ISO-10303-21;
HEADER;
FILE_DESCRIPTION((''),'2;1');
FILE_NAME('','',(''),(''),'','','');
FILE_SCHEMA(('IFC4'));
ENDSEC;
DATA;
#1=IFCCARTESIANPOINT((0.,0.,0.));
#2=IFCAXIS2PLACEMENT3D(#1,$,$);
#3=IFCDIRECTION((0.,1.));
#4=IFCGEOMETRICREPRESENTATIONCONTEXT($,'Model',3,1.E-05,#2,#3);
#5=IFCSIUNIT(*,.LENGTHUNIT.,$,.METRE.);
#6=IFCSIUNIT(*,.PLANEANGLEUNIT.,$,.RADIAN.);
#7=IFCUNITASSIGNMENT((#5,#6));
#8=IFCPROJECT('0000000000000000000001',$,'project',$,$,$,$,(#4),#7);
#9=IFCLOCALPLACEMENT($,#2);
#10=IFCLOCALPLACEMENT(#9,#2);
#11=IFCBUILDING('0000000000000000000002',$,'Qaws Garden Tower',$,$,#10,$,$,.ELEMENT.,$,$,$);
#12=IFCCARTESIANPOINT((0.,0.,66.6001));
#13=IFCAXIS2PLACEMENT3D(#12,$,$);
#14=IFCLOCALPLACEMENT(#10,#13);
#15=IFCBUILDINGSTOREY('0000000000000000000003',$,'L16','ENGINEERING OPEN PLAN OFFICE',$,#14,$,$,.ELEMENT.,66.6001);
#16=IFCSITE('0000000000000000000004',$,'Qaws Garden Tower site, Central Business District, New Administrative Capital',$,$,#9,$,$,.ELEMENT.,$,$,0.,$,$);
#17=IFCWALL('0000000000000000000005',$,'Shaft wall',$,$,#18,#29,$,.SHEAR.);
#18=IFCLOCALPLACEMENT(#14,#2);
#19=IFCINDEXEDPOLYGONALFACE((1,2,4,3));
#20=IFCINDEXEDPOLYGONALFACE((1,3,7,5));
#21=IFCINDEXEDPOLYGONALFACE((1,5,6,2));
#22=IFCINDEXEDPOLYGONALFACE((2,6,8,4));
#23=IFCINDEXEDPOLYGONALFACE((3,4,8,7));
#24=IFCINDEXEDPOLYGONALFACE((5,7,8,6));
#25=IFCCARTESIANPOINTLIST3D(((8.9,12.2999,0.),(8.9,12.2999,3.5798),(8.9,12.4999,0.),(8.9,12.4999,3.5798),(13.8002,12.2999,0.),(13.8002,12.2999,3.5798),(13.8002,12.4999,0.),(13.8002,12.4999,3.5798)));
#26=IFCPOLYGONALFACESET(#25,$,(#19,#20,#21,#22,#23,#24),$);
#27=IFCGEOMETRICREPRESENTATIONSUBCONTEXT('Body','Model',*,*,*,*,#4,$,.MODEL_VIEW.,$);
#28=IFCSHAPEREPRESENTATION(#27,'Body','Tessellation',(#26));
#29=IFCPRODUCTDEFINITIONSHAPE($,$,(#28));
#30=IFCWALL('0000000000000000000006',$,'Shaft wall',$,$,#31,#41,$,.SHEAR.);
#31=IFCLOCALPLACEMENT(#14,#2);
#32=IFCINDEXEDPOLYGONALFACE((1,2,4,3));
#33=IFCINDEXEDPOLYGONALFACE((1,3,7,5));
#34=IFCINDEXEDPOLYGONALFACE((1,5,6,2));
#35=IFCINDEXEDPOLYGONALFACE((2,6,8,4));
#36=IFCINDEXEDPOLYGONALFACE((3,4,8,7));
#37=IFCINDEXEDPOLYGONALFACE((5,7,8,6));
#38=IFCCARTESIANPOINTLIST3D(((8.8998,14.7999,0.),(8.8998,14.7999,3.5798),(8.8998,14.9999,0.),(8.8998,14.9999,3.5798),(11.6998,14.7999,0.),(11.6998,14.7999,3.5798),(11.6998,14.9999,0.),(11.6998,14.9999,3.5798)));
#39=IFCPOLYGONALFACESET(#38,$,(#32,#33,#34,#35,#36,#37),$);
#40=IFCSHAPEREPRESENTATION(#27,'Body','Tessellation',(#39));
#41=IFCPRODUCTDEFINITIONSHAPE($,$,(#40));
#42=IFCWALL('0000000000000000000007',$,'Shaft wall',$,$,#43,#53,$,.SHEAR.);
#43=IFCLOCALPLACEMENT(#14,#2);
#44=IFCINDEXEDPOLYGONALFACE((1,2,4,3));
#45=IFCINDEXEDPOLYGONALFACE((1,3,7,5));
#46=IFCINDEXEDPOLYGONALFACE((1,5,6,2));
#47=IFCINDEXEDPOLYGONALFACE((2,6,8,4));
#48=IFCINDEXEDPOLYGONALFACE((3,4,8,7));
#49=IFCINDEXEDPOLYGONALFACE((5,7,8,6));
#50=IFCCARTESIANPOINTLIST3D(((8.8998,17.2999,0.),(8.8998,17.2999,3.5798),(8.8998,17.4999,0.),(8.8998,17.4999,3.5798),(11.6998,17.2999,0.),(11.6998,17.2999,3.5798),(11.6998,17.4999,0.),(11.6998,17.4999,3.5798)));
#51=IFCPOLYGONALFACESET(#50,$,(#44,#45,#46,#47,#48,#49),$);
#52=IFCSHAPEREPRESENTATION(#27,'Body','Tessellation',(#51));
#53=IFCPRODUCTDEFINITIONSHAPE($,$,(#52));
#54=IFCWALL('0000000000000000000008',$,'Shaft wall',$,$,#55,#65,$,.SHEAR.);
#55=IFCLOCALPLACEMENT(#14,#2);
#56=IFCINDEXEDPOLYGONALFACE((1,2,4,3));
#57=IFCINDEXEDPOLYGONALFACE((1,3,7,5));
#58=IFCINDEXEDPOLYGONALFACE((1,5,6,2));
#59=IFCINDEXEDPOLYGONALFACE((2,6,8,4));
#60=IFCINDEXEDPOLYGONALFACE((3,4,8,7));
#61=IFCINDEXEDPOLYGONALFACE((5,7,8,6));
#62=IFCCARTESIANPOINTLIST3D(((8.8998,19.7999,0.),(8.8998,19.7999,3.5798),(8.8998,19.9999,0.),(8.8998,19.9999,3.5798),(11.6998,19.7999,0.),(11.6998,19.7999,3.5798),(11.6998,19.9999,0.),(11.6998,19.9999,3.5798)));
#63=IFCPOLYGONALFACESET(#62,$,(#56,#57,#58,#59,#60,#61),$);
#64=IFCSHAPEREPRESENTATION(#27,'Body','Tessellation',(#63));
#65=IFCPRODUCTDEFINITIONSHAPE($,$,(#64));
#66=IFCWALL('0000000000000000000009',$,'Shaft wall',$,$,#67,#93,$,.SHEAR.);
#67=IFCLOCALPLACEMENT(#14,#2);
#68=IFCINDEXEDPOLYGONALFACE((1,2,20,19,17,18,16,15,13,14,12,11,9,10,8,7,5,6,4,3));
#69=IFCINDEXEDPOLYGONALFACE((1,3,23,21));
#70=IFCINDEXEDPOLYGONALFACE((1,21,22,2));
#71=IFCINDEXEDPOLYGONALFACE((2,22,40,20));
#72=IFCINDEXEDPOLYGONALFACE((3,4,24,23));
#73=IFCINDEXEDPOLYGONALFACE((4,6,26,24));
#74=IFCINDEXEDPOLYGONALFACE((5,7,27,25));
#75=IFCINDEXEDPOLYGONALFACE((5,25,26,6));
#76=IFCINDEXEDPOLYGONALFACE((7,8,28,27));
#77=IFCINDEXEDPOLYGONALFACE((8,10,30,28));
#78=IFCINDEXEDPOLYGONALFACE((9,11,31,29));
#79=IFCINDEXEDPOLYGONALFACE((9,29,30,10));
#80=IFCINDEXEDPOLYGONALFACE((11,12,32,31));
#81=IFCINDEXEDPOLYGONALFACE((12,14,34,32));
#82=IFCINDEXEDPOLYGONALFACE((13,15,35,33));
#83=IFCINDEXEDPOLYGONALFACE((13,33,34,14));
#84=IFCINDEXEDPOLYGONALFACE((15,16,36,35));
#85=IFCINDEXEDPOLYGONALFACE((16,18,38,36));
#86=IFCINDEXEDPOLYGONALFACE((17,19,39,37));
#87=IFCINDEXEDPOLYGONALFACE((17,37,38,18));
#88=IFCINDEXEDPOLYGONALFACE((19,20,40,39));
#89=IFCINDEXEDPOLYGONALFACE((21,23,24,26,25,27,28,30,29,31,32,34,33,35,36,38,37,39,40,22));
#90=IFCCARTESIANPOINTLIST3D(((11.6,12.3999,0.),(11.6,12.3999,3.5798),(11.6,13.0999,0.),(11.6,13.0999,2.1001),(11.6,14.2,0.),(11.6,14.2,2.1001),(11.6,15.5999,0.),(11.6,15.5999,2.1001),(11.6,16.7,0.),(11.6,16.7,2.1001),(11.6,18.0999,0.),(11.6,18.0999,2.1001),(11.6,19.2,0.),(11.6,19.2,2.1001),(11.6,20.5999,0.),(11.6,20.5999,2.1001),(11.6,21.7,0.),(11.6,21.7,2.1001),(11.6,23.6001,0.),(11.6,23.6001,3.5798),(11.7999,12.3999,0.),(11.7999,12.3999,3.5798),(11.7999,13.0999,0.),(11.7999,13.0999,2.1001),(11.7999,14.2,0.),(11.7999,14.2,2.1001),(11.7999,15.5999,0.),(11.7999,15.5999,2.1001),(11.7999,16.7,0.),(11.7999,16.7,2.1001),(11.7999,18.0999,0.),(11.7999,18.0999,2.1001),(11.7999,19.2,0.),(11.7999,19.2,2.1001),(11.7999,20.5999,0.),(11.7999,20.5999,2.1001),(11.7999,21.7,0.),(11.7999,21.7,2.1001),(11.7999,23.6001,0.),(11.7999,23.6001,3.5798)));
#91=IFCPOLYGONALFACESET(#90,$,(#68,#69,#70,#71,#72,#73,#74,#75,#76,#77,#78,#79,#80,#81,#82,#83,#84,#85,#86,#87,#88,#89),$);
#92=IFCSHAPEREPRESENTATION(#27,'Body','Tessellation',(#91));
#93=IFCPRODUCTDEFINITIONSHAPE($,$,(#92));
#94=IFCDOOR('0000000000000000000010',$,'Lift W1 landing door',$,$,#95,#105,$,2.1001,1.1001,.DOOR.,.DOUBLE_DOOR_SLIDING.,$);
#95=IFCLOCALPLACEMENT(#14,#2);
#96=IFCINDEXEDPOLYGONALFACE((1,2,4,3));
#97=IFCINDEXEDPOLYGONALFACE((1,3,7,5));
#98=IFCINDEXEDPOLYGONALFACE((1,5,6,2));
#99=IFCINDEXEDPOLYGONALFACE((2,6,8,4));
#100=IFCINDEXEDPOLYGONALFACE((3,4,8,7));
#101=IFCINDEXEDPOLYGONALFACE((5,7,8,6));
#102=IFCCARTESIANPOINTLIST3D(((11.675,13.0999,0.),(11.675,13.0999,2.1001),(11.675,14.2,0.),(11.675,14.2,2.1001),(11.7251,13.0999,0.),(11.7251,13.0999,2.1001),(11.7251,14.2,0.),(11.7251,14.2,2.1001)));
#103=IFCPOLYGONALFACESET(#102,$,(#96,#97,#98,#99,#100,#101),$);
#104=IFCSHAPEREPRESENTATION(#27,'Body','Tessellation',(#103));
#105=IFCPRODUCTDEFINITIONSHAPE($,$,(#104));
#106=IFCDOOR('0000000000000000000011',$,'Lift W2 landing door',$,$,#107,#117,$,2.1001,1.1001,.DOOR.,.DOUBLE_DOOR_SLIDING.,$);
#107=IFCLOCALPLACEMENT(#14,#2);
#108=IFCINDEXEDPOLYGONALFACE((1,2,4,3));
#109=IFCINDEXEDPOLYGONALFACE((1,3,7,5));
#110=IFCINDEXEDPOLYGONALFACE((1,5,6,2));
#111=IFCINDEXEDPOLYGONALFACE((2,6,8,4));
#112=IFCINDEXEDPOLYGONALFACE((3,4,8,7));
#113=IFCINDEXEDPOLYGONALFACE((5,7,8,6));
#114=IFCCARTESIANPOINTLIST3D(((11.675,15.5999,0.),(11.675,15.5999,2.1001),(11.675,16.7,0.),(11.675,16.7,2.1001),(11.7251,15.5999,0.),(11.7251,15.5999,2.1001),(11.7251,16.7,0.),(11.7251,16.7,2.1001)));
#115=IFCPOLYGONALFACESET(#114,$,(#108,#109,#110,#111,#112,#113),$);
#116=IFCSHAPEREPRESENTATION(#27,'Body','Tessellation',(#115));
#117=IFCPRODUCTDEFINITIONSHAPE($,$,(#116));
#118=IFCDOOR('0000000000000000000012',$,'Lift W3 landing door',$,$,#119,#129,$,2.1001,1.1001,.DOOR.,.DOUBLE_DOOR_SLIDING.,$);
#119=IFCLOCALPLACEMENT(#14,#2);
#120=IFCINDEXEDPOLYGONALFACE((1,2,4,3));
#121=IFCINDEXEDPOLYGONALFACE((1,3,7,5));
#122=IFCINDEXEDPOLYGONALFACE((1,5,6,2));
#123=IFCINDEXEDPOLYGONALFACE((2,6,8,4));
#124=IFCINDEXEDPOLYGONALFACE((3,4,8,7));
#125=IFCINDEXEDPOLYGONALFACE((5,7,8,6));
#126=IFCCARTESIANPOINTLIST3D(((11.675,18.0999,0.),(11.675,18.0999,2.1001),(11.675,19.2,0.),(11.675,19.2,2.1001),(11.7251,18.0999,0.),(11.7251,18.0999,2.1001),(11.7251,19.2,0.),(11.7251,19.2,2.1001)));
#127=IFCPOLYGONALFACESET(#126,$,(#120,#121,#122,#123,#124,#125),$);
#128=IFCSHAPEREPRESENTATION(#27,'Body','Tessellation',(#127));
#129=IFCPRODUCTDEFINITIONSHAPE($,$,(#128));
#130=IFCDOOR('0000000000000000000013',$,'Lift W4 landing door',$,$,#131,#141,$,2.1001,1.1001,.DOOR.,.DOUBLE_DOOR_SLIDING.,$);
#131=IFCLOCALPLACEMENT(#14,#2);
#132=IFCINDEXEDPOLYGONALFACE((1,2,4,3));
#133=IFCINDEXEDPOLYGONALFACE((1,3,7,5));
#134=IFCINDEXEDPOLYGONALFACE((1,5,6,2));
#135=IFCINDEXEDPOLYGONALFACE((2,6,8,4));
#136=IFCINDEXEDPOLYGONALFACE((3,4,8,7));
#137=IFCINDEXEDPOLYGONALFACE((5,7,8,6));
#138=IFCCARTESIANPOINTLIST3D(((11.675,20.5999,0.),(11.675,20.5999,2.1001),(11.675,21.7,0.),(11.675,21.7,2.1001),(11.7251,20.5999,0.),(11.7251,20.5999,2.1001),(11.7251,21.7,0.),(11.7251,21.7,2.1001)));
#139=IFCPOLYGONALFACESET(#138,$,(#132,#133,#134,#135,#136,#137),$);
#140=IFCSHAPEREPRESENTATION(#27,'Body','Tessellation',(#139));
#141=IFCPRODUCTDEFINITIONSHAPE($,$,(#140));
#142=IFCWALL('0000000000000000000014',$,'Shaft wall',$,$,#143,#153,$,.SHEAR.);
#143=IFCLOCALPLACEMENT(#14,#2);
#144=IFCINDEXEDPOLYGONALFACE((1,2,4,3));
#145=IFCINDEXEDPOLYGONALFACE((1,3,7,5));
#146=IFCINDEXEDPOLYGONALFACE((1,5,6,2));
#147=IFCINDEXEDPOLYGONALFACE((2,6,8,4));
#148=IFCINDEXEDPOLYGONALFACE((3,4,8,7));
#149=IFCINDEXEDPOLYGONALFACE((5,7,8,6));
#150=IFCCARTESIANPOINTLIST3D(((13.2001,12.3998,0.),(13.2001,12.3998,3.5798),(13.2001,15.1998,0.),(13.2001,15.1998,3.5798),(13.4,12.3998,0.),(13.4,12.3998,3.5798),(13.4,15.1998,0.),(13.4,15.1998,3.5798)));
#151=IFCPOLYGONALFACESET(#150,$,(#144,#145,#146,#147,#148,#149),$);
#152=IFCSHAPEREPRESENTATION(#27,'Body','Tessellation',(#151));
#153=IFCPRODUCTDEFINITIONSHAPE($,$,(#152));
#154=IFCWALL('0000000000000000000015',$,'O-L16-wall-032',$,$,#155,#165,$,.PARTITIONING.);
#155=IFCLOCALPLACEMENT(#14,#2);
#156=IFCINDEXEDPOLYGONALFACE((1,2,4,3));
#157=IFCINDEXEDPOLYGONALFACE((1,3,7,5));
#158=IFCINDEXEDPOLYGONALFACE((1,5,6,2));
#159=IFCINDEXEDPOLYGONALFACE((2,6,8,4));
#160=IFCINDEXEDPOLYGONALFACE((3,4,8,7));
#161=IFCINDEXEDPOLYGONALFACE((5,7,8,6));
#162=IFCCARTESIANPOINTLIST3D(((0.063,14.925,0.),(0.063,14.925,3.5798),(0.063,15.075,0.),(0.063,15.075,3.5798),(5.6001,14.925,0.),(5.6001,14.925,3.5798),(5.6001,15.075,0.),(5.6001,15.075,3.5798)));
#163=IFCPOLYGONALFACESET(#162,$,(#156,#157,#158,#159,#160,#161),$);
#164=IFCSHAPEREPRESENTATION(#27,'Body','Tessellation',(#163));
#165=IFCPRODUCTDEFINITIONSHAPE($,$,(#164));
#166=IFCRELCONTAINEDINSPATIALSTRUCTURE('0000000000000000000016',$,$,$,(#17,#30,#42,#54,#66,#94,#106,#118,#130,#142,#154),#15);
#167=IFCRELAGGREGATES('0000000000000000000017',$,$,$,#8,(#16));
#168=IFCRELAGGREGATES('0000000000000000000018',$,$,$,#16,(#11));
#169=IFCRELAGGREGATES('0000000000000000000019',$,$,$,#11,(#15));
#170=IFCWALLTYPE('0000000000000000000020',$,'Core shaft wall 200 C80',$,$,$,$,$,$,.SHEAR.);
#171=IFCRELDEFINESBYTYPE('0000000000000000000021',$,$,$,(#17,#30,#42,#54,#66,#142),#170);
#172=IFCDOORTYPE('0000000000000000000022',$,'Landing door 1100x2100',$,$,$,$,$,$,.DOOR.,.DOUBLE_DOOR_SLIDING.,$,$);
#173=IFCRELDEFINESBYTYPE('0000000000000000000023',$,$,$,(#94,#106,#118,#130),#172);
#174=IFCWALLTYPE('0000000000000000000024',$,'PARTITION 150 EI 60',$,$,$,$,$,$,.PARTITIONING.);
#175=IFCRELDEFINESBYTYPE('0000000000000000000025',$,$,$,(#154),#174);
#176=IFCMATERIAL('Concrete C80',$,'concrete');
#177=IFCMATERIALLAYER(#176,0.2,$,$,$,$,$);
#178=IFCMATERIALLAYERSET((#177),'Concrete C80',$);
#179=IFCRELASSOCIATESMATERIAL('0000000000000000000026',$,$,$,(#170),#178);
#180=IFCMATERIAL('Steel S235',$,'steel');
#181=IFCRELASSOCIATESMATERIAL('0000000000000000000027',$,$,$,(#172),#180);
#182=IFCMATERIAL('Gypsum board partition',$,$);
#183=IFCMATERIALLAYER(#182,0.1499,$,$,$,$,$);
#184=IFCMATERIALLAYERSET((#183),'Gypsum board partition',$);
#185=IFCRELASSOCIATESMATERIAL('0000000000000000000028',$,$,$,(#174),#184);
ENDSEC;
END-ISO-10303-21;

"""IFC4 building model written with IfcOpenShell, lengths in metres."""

from ifc_helpers import new_model, si_unit, direction, frame, frame_2d, origin, place, context, subcontext, project, spatial, rectangle, extrude, material, layer, layer_set, type_object, element, fill, save


model = new_model("IFC4")

# Units and contexts
model_context = context("Model", 3, precision=1e-05, world=origin(), true_north=direction((0.0, 1.0)))
body_context = subcontext(model_context, "Body", "Model", "MODEL_VIEW")
ifc_project = project(units=[si_unit("LENGTHUNIT", "METRE"), si_unit("PLANEANGLEUNIT", "RADIAN")], contexts=[model_context])

# Site, building, storey
site_placement = place(None, origin())
site = spatial("IfcSite", under=ifc_project, at=site_placement, Name="Qaws Garden Tower site, Central Business District, New Administrative Capital", CompositionType="ELEMENT", RefElevation=0.0)
building_placement = place(site_placement, origin())
building = spatial("IfcBuilding", under=site, at=building_placement, Name="Qaws Garden Tower", CompositionType="ELEMENT")
storey_placement = place(building_placement, frame((0.0, 0.0, 66.6001)))
storey = spatial("IfcBuildingStorey", under=building, at=storey_placement, Name="L16", Description="ENGINEERING OPEN PLAN OFFICE", CompositionType="ELEMENT", Elevation=66.6001)

# Walls
ifc_material_1 = material(Name="Concrete C80", Category="concrete")
ifc_layer_1 = layer(ifc_material_1, 0.2)
ifc_layer_set_1 = layer_set([ifc_layer_1], Name="Concrete C80")
wall_type_1 = type_object("IfcWallType", Name="Core shaft wall 200 C80", PredefinedType="SHEAR", material=ifc_layer_set_1)
wall_1_placement = place(storey_placement, frame((8.8999, 12.3999, 0.0), z_axis=(0.0, 0.0, 1.0), x_axis=(1.0, 0.0, 0.0)))
element("IfcWall", 1, at=wall_1_placement, inside=storey, type_object=wall_type_1, Name="Shaft wall", PredefinedType="SHEAR", context=body_context, shape_type="SweptSolid", body=[
    extrude(rectangle(XDim=4.9001, YDim=0.2, at=frame_2d((2.4502, 0.0))), origin(), (0.0, 0.0, 1.0), 3.5798),
])
for number, where, z_axis, x_axis, name in (
    (2, (8.8999, 14.8999, 0.0), (0.0, 0.0, 1.0), (1.0, 0.0, 0.0), "Shaft wall"),
    (3, (8.8999, 17.3999, 0.0), (0.0, 0.0, 1.0), (1.0, 0.0, 0.0), "Shaft wall"),
    (4, (8.8999, 19.8999, 0.0), (0.0, 0.0, 1.0), (1.0, 0.0, 0.0), "Shaft wall"),
):
    element("IfcWall", number, at=place(storey_placement, frame(where, z_axis=z_axis, x_axis=x_axis)), inside=storey, type_object=wall_type_1, Name=name, PredefinedType="SHEAR", context=body_context, shape_type="SweptSolid", body=[
        extrude(rectangle(XDim=2.8, YDim=0.2, at=frame_2d((1.3999, 0.0))), origin(), (0.0, 0.0, 1.0), 3.5798),
    ])

# Wall, openings, doors
wall_2_placement = place(storey_placement, frame((11.7, 12.3999, 0.0), z_axis=(0.0, 0.0, 1.0), x_axis=(0.0, 1.0, 0.0)))
wall_2 = element("IfcWall", 5, at=wall_2_placement, inside=storey, type_object=wall_type_1, Name="Shaft wall", PredefinedType="SHEAR", context=body_context, shape_type="SweptSolid", body=[
    extrude(rectangle(XDim=11.2002, YDim=0.2, at=frame_2d((5.6001, 0.0))), origin(), (0.0, 0.0, 1.0), 3.5798),
])
opening_1_placement = place(wall_2_placement, frame((0.7, 0.0, 0.0)))
opening_1 = element("IfcOpeningElement", 6, at=opening_1_placement, cuts=wall_2, PredefinedType="OPENING", context=body_context, shape_type="SweptSolid", body=[
    extrude(rectangle(XDim=1.1001, YDim=2.1001, at=frame_2d((0.55, 1.05))), frame((0.0, 0.1099, 0.0), z_axis=(0.0, -1.0, 0.0), x_axis=(1.0, 0.0, 0.0)), (0.0, 0.0, 1.0), 0.22),
])
opening_2_placement = place(wall_2_placement, frame((3.2, 0.0, 0.0)))
opening_2 = element("IfcOpeningElement", 7, at=opening_2_placement, cuts=wall_2, PredefinedType="OPENING", context=body_context, shape_type="SweptSolid", body=[
    extrude(rectangle(XDim=1.1001, YDim=2.1001, at=frame_2d((0.55, 1.05))), frame((0.0, 0.1099, 0.0), z_axis=(0.0, -1.0, 0.0), x_axis=(1.0, 0.0, 0.0)), (0.0, 0.0, 1.0), 0.22),
])
opening_3_placement = place(wall_2_placement, frame((5.7, 0.0, 0.0)))
opening_3 = element("IfcOpeningElement", 8, at=opening_3_placement, cuts=wall_2, PredefinedType="OPENING", context=body_context, shape_type="SweptSolid", body=[
    extrude(rectangle(XDim=1.1001, YDim=2.1001, at=frame_2d((0.55, 1.05))), frame((0.0, 0.1099, 0.0), z_axis=(0.0, -1.0, 0.0), x_axis=(1.0, 0.0, 0.0)), (0.0, 0.0, 1.0), 0.22),
])
opening_4_placement = place(wall_2_placement, frame((8.2, 0.0, 0.0)))
opening_4 = element("IfcOpeningElement", 9, at=opening_4_placement, cuts=wall_2, PredefinedType="OPENING", context=body_context, shape_type="SweptSolid", body=[
    extrude(rectangle(XDim=1.1001, YDim=2.1001, at=frame_2d((0.55, 1.05))), frame((0.0, 0.1099, 0.0), z_axis=(0.0, -1.0, 0.0), x_axis=(1.0, 0.0, 0.0)), (0.0, 0.0, 1.0), 0.22),
])
ifc_material_2 = material(Name="Steel S235", Category="steel")
door_type = type_object("IfcDoorType", Name="Landing door 1100x2100", OperationType="DOUBLE_DOOR_SLIDING", PredefinedType="DOOR", material=ifc_material_2)
door_1_placement = place(opening_1_placement, origin())
door_1 = element("IfcDoor", 10, at=door_1_placement, inside=storey, type_object=door_type, Name="Lift W1 landing door", OperationType="DOUBLE_DOOR_SLIDING", OverallHeight=2.1001, OverallWidth=1.1001, PredefinedType="DOOR", context=body_context, shape_type="SweptSolid", body=[
    extrude(rectangle(XDim=1.1001, YDim=2.1001, at=frame_2d((0.55, 1.05))), frame((0.0, 0.0249, 0.0), z_axis=(0.0, -1.0, 0.0), x_axis=(1.0, 0.0, 0.0)), (0.0, 0.0, 1.0), 0.05),
])
fill(opening_1, door_1)
door_2_placement = place(opening_2_placement, origin())
door_2 = element("IfcDoor", 11, at=door_2_placement, inside=storey, type_object=door_type, Name="Lift W2 landing door", OperationType="DOUBLE_DOOR_SLIDING", OverallHeight=2.1001, OverallWidth=1.1001, PredefinedType="DOOR", context=body_context, shape_type="SweptSolid", body=[
    extrude(rectangle(XDim=1.1001, YDim=2.1001, at=frame_2d((0.55, 1.05))), frame((0.0, 0.0249, 0.0), z_axis=(0.0, -1.0, 0.0), x_axis=(1.0, 0.0, 0.0)), (0.0, 0.0, 1.0), 0.05),
])
fill(opening_2, door_2)
door_3_placement = place(opening_3_placement, origin())
door_3 = element("IfcDoor", 12, at=door_3_placement, inside=storey, type_object=door_type, Name="Lift W3 landing door", OperationType="DOUBLE_DOOR_SLIDING", OverallHeight=2.1001, OverallWidth=1.1001, PredefinedType="DOOR", context=body_context, shape_type="SweptSolid", body=[
    extrude(rectangle(XDim=1.1001, YDim=2.1001, at=frame_2d((0.55, 1.05))), frame((0.0, 0.0249, 0.0), z_axis=(0.0, -1.0, 0.0), x_axis=(1.0, 0.0, 0.0)), (0.0, 0.0, 1.0), 0.05),
])
fill(opening_3, door_3)
door_4_placement = place(opening_4_placement, origin())
door_4 = element("IfcDoor", 13, at=door_4_placement, inside=storey, type_object=door_type, Name="Lift W4 landing door", OperationType="DOUBLE_DOOR_SLIDING", OverallHeight=2.1001, OverallWidth=1.1001, PredefinedType="DOOR", context=body_context, shape_type="SweptSolid", body=[
    extrude(rectangle(XDim=1.1001, YDim=2.1001, at=frame_2d((0.55, 1.05))), frame((0.0, 0.0249, 0.0), z_axis=(0.0, -1.0, 0.0), x_axis=(1.0, 0.0, 0.0)), (0.0, 0.0, 1.0), 0.05),
])
fill(opening_4, door_4)

# Walls
wall_3_placement = place(storey_placement, frame((13.3, 12.3999, 0.0), z_axis=(0.0, 0.0, 1.0), x_axis=(0.0, 1.0, 0.0)))
element("IfcWall", 14, at=wall_3_placement, inside=storey, type_object=wall_type_1, Name="Shaft wall", PredefinedType="SHEAR", context=body_context, shape_type="SweptSolid", body=[
    extrude(rectangle(XDim=2.8, YDim=0.2, at=frame_2d((1.3999, 0.0))), origin(), (0.0, 0.0, 1.0), 3.5798),
])
ifc_material_3 = material(Name="Gypsum board partition")
ifc_layer_2 = layer(ifc_material_3, 0.1499)
ifc_layer_set_2 = layer_set([ifc_layer_2], Name="Gypsum board partition")
wall_type_2 = type_object("IfcWallType", Name="PARTITION 150 EI 60", PredefinedType="PARTITIONING", material=ifc_layer_set_2)
wall_4_placement = place(storey_placement, frame((0.063, 15.0, 0.0), z_axis=(0.0, 0.0, 1.0), x_axis=(1.0, 0.0, 0.0)))
element("IfcWall", 15, at=wall_4_placement, inside=storey, type_object=wall_type_2, Name="O-L16-wall-032", PredefinedType="PARTITIONING", context=body_context, shape_type="SweptSolid", body=[
    extrude(rectangle(XDim=5.5371, YDim=0.1499, at=frame_2d((2.7686, 0.0))), origin(), (0.0, 0.0, 1.0), 3.5798),
])

save(model, "model.ifc")
